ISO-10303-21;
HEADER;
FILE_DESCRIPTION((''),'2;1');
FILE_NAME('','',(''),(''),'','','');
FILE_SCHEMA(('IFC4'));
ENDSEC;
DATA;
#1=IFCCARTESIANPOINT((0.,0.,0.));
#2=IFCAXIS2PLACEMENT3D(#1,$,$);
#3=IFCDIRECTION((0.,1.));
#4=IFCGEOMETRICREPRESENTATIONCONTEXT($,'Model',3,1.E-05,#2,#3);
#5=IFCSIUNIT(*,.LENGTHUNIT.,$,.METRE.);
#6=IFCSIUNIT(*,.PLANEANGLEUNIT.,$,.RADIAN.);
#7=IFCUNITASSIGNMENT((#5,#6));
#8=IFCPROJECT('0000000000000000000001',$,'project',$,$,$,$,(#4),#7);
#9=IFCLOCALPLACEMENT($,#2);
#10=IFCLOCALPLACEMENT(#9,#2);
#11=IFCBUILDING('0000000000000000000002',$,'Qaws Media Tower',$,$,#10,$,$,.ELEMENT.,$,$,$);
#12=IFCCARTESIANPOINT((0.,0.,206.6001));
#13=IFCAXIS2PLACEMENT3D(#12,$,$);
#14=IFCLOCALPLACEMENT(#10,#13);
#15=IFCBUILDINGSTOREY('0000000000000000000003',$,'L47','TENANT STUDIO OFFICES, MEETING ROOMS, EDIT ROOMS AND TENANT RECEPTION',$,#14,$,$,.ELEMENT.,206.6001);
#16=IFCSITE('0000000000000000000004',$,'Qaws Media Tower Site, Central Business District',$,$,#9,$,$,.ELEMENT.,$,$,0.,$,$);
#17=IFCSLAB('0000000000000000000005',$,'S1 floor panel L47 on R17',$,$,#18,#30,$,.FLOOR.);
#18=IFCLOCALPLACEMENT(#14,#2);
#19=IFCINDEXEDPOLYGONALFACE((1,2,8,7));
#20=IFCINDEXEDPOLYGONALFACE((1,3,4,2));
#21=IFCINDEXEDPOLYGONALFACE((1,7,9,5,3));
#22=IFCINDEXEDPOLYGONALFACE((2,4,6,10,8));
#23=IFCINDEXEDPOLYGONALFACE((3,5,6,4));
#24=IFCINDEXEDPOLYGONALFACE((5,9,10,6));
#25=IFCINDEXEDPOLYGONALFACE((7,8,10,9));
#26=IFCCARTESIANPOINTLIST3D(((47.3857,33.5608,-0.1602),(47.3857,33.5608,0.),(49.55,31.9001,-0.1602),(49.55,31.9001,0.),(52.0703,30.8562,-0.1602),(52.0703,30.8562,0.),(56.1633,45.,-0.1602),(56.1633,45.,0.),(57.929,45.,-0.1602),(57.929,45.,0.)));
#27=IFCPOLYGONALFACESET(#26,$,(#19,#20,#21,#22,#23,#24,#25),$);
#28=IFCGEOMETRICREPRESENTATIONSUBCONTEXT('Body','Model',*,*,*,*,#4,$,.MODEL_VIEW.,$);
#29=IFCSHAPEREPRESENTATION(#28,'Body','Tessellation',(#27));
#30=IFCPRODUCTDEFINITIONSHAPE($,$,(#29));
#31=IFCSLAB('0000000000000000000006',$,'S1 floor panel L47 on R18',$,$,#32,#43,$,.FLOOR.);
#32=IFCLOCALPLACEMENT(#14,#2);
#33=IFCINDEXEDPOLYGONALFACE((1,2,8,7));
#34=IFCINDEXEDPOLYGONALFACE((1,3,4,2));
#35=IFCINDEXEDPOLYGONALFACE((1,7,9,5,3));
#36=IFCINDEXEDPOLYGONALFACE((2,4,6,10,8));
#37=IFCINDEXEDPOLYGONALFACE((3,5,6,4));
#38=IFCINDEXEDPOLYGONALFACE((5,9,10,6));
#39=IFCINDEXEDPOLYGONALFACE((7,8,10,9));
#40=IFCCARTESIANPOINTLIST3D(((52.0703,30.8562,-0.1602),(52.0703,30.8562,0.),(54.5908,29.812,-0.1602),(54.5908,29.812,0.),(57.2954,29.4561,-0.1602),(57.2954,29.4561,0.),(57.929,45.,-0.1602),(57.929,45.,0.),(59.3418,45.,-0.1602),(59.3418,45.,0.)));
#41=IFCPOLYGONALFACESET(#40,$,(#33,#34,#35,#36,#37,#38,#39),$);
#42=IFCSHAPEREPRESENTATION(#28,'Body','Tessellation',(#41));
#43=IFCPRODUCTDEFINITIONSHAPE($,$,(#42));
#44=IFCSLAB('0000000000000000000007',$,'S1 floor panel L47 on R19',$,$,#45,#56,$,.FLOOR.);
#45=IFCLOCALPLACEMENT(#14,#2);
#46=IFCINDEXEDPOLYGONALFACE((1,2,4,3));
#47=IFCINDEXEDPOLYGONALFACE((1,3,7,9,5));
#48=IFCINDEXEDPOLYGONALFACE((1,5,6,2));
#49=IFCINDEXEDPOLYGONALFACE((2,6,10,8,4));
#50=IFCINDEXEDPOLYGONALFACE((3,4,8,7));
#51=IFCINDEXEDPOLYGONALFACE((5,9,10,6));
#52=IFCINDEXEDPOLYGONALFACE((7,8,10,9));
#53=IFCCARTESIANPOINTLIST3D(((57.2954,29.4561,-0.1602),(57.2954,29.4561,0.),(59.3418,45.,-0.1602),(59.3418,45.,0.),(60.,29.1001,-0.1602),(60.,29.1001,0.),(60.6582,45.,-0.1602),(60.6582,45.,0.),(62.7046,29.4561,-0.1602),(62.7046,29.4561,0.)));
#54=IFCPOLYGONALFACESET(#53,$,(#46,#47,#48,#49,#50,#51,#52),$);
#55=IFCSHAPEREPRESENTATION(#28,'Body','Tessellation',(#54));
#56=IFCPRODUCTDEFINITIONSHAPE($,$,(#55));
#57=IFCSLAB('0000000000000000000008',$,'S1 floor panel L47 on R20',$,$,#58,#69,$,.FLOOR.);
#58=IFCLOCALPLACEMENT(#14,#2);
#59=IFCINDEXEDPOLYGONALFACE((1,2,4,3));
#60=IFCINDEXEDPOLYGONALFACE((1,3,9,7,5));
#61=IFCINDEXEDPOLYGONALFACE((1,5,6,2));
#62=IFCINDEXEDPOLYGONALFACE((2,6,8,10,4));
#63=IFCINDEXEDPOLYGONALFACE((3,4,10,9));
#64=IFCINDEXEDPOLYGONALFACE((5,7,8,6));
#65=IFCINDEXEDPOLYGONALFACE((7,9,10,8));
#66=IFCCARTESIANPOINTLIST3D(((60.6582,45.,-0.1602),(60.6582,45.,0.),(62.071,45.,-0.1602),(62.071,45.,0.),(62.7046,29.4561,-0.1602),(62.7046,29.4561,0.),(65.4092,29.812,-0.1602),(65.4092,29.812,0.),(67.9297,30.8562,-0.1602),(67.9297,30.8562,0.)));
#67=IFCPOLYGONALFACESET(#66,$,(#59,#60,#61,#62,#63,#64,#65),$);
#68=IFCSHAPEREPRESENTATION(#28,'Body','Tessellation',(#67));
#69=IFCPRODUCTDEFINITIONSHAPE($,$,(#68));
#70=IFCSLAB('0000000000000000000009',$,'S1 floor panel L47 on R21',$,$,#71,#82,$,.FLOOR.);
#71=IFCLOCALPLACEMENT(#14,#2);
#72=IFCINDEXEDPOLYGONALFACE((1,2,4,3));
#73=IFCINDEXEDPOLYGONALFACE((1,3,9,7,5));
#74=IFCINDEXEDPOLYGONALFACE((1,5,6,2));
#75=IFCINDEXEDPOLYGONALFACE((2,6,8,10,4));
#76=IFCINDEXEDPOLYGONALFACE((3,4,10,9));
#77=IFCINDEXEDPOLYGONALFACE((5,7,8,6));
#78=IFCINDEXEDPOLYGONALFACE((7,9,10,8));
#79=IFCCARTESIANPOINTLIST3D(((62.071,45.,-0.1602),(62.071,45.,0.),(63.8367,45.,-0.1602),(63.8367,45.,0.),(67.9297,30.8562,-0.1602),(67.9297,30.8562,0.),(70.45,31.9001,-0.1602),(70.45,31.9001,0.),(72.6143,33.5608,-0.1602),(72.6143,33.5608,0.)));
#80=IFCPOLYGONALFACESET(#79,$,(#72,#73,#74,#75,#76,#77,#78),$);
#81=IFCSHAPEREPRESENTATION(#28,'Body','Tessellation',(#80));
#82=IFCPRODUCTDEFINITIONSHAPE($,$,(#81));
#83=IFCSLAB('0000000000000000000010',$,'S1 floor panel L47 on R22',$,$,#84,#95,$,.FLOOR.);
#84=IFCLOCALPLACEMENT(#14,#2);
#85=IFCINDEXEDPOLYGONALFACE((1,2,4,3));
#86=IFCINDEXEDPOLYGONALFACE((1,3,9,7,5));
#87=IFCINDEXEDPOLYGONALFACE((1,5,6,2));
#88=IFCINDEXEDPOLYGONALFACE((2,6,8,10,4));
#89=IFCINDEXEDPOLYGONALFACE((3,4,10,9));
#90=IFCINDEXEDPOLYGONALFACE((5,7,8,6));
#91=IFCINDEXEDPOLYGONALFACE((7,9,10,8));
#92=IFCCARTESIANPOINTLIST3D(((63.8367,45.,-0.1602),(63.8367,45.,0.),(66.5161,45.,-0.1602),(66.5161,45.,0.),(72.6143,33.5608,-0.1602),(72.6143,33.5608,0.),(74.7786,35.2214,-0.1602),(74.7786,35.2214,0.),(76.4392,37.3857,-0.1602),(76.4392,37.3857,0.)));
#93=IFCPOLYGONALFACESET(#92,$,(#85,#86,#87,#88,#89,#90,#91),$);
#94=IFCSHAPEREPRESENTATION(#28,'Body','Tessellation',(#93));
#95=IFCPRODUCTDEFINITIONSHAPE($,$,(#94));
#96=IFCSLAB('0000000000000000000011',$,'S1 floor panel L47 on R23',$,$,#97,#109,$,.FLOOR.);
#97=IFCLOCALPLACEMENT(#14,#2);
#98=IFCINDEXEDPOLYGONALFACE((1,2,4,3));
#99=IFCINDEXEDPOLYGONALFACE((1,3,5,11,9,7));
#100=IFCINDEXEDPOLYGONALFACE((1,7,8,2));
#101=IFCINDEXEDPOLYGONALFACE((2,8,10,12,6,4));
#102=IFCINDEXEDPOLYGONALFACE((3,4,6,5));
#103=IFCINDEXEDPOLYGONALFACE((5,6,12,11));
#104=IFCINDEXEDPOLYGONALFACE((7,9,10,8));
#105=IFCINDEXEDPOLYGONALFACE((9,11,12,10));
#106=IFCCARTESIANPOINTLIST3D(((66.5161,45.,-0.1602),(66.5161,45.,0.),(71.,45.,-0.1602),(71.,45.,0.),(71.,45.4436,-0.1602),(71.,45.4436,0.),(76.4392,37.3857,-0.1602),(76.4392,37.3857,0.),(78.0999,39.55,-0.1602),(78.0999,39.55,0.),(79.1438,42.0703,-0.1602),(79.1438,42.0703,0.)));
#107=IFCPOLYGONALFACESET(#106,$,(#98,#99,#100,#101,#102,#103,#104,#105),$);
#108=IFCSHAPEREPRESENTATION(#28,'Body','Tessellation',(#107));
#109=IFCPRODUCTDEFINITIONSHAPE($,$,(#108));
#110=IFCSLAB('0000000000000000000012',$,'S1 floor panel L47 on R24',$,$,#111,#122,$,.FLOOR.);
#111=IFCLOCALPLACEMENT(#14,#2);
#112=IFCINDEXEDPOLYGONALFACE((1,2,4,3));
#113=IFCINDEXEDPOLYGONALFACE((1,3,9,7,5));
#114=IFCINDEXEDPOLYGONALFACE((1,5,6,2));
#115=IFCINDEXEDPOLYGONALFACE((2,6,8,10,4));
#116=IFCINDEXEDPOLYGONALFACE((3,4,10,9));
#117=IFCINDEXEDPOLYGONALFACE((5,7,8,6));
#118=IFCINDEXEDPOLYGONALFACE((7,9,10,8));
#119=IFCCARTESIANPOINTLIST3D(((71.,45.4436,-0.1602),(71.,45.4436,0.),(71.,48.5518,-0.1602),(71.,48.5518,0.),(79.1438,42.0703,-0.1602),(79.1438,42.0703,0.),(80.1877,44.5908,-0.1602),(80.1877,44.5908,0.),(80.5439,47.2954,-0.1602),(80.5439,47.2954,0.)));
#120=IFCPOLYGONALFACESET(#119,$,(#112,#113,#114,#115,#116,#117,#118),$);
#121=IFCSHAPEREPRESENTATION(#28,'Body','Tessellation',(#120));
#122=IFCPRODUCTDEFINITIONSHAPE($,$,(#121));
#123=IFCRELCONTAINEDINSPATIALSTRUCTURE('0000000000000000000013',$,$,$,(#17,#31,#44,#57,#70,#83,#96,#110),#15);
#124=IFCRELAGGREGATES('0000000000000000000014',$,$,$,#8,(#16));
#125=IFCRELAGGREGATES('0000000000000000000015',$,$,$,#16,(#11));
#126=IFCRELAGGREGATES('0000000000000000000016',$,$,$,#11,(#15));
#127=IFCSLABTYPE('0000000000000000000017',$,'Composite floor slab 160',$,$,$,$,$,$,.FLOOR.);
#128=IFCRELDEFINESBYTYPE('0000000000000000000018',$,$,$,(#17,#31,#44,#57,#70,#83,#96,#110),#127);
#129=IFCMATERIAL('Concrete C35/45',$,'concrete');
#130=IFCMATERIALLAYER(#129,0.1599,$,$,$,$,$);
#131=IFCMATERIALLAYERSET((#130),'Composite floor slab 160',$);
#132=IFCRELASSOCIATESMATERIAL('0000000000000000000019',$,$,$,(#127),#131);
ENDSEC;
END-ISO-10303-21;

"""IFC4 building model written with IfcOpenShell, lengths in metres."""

from ifc_helpers import new_model, si_unit, direction, frame, origin, place, context, subcontext, project, spatial, polyline, outline, extrude, material, layer, layer_set, type_object, element, save


model = new_model("IFC4")

# Units and contexts
model_context = context("Model", 3, precision=1e-05, world=origin(), true_north=direction((0.0, 1.0)))
body_context = subcontext(model_context, "Body", "Model", "MODEL_VIEW")
ifc_project = project(units=[si_unit("LENGTHUNIT", "METRE"), si_unit("PLANEANGLEUNIT", "RADIAN")], contexts=[model_context])

# Site, building, storey
site_placement = place(None, origin())
site = spatial("IfcSite", under=ifc_project, at=site_placement, Name="Qaws Media Tower Site, Central Business District", CompositionType="ELEMENT", RefElevation=0.0)
building_placement = place(site_placement, origin())
building = spatial("IfcBuilding", under=site, at=building_placement, Name="Qaws Media Tower", CompositionType="ELEMENT")
storey_placement = place(building_placement, frame((0.0, 0.0, 206.6001)))
storey = spatial("IfcBuildingStorey", under=building, at=storey_placement, Name="L47", Description="TENANT STUDIO OFFICES, MEETING ROOMS, EDIT ROOMS AND TENANT RECEPTION", CompositionType="ELEMENT", Elevation=206.6001)

# Slabs
ifc_material_1 = material(Name="Concrete C35/45", Category="concrete")
ifc_layer_1 = layer(ifc_material_1, 0.1599)
ifc_layer_set_1 = layer_set([ifc_layer_1], Name="Composite floor slab 160")
slab_type_1 = type_object("IfcSlabType", Name="Composite floor slab 160", PredefinedType="FLOOR", material=ifc_layer_set_1)
slab_1_placement = place(storey_placement, frame((0.0, 0.0, -0.1602)))
element("IfcSlab", 1, at=slab_1_placement, inside=storey, type_object=slab_type_1, Name="S1 floor panel L47 on R17", PredefinedType="FLOOR", context=body_context, shape_type="SweptSolid", body=[
    extrude(outline(polyline([(49.55, 31.9001), (47.3857, 33.5608), (56.1633, 45.0), (57.929, 45.0), (52.0703, 30.8562), (49.55, 31.9001)])), origin(), (0.0, 0.0, 1.0), 0.1602),
])
slab_2_placement = place(storey_placement, frame((0.0, 0.0, -0.1602)))
element("IfcSlab", 2, at=slab_2_placement, inside=storey, type_object=slab_type_1, Name="S1 floor panel L47 on R18", PredefinedType="FLOOR", context=body_context, shape_type="SweptSolid", body=[
    extrude(outline(polyline([(54.5908, 29.812), (52.0703, 30.8562), (57.929, 45.0), (59.3418, 45.0), (57.2954, 29.4561), (54.5908, 29.812)])), origin(), (0.0, 0.0, 1.0), 0.1602),
])
slab_3_placement = place(storey_placement, frame((0.0, 0.0, -0.1602)))
element("IfcSlab", 3, at=slab_3_placement, inside=storey, type_object=slab_type_1, Name="S1 floor panel L47 on R19", PredefinedType="FLOOR", context=body_context, shape_type="SweptSolid", body=[
    extrude(outline(polyline([(60.0, 29.1001), (57.2954, 29.4561), (59.3418, 45.0), (60.6582, 45.0), (62.7046, 29.4561), (60.0, 29.1001)])), origin(), (0.0, 0.0, 1.0), 0.1602),
])
slab_4_placement = place(storey_placement, frame((0.0, 0.0, -0.1602)))
element("IfcSlab", 4, at=slab_4_placement, inside=storey, type_object=slab_type_1, Name="S1 floor panel L47 on R20", PredefinedType="FLOOR", context=body_context, shape_type="SweptSolid", body=[
    extrude(outline(polyline([(65.4092, 29.812), (62.7046, 29.4561), (60.6582, 45.0), (62.071, 45.0), (67.9297, 30.8562), (65.4092, 29.812)])), origin(), (0.0, 0.0, 1.0), 0.1602),
])
slab_5_placement = place(storey_placement, frame((0.0, 0.0, -0.1602)))
element("IfcSlab", 5, at=slab_5_placement, inside=storey, type_object=slab_type_1, Name="S1 floor panel L47 on R21", PredefinedType="FLOOR", context=body_context, shape_type="SweptSolid", body=[
    extrude(outline(polyline([(70.45, 31.9001), (67.9297, 30.8562), (62.071, 45.0), (63.8367, 45.0), (72.6143, 33.5608), (70.45, 31.9001)])), origin(), (0.0, 0.0, 1.0), 0.1602),
])
slab_6_placement = place(storey_placement, frame((0.0, 0.0, -0.1602)))
element("IfcSlab", 6, at=slab_6_placement, inside=storey, type_object=slab_type_1, Name="S1 floor panel L47 on R22", PredefinedType="FLOOR", context=body_context, shape_type="SweptSolid", body=[
    extrude(outline(polyline([(74.7786, 35.2214), (72.6143, 33.5608), (63.8367, 45.0), (66.5161, 45.0), (76.4392, 37.3857), (74.7786, 35.2214)])), origin(), (0.0, 0.0, 1.0), 0.1602),
])
slab_7_placement = place(storey_placement, frame((0.0, 0.0, -0.1602)))
element("IfcSlab", 7, at=slab_7_placement, inside=storey, type_object=slab_type_1, Name="S1 floor panel L47 on R23", PredefinedType="FLOOR", context=body_context, shape_type="SweptSolid", body=[
    extrude(outline(polyline([(78.0999, 39.55), (76.4392, 37.3857), (66.5161, 45.0), (71.0, 45.0), (71.0, 45.4436), (79.1438, 42.0703), (78.0999, 39.55)])), origin(), (0.0, 0.0, 1.0), 0.1602),
])
slab_8_placement = place(storey_placement, frame((0.0, 0.0, -0.1602)))
element("IfcSlab", 8, at=slab_8_placement, inside=storey, type_object=slab_type_1, Name="S1 floor panel L47 on R24", PredefinedType="FLOOR", context=body_context, shape_type="SweptSolid", body=[
    extrude(outline(polyline([(79.1438, 42.0703), (71.0, 45.4436), (71.0, 48.5518), (80.5439, 47.2954), (80.1877, 44.5908), (79.1438, 42.0703)])), origin(), (0.0, 0.0, 1.0), 0.1602),
])

save(model, "model.ifc")
